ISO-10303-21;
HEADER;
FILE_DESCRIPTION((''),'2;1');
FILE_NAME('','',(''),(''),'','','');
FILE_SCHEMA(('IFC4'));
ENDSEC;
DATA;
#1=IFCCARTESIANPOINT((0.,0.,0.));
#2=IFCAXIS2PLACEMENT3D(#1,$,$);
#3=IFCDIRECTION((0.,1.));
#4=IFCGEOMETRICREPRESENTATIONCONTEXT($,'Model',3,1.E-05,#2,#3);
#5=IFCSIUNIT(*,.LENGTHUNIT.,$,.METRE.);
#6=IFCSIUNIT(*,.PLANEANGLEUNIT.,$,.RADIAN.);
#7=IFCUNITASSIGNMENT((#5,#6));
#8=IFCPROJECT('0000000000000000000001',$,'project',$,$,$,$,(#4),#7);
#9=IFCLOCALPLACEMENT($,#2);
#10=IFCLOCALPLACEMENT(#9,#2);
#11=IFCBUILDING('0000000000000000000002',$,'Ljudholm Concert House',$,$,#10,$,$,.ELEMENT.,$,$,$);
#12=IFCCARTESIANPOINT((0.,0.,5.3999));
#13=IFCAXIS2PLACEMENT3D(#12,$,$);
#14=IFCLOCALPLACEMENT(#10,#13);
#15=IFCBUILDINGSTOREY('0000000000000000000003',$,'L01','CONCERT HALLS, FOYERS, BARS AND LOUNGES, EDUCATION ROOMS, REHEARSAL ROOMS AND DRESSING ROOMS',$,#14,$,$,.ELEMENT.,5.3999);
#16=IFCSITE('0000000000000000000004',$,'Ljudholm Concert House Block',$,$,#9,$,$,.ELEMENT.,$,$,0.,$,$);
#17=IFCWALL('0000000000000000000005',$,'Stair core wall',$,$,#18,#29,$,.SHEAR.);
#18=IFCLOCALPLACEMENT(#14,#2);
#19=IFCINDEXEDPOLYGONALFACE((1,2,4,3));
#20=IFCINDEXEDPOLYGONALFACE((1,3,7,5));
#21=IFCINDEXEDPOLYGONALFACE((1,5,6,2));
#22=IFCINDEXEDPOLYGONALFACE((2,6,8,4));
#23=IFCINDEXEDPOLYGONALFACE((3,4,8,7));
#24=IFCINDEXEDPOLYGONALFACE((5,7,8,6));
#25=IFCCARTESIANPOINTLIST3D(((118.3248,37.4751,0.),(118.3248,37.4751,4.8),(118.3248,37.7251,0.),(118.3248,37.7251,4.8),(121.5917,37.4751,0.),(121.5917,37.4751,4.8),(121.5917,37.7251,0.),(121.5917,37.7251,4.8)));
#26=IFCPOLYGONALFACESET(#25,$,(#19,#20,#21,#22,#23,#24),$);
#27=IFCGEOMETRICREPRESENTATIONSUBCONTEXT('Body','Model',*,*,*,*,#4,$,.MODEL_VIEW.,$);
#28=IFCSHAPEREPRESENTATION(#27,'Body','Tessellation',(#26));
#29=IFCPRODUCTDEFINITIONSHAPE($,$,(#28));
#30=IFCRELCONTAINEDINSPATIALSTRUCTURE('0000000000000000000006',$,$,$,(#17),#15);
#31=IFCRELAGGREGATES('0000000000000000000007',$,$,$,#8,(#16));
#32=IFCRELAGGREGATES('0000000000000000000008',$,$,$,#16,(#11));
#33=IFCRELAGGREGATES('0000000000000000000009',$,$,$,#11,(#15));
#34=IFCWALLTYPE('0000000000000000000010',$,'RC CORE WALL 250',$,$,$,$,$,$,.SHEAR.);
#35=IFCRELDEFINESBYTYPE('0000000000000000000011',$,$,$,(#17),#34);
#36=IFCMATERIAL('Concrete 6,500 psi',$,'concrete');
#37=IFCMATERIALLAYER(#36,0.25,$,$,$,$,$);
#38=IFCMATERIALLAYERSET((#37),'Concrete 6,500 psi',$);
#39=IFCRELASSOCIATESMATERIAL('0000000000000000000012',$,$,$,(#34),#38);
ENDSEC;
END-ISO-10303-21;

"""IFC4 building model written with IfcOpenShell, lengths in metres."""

from ifc_helpers import new_model, si_unit, direction, frame, frame_2d, origin, place, context, subcontext, project, spatial, rectangle, extrude, material, layer, layer_set, type_object, element, save


model = new_model("IFC4")

# Units and contexts
model_context = context("Model", 3, precision=1e-05, world=origin(), true_north=direction((0.0, 1.0)))
body_context = subcontext(model_context, "Body", "Model", "MODEL_VIEW")
ifc_project = project(units=[si_unit("LENGTHUNIT", "METRE"), si_unit("PLANEANGLEUNIT", "RADIAN")], contexts=[model_context])

# Site, building, storey
site_placement = place(None, origin())
site = spatial("IfcSite", under=ifc_project, at=site_placement, Name="Ljudholm Concert House Block", CompositionType="ELEMENT", RefElevation=0.0)
building_placement = place(site_placement, origin())
building = spatial("IfcBuilding", under=site, at=building_placement, Name="Ljudholm Concert House", CompositionType="ELEMENT")
storey_placement = place(building_placement, frame((0.0, 0.0, 5.3999)))
storey = spatial("IfcBuildingStorey", under=building, at=storey_placement, Name="L01", Description="CONCERT HALLS, FOYERS, BARS AND LOUNGES, EDUCATION ROOMS, REHEARSAL ROOMS AND DRESSING ROOMS", CompositionType="ELEMENT", Elevation=5.3999)

# Wall
ifc_material_1 = material(Name="Concrete 6,500 psi", Category="concrete")
ifc_layer_1 = layer(ifc_material_1, 0.25)
ifc_layer_set_1 = layer_set([ifc_layer_1], Name="Concrete 6,500 psi")
wall_type_1 = type_object("IfcWallType", Name="RC CORE WALL 250", PredefinedType="SHEAR", material=ifc_layer_set_1)
wall_1_placement = place(storey_placement, frame((118.325, 37.6001, 0.0), z_axis=(0.0, 0.0, 1.0), x_axis=(1.0, 0.0, 0.0)))
element("IfcWall", 1, at=wall_1_placement, inside=storey, type_object=wall_type_1, Name="Stair core wall", PredefinedType="SHEAR", context=body_context, shape_type="SweptSolid", body=[
    extrude(rectangle(XDim=3.2668, YDim=0.25, at=frame_2d((1.6333, 0.0))), origin(), (0.0, 0.0, 1.0), 4.8),
])

save(model, "model.ifc")
